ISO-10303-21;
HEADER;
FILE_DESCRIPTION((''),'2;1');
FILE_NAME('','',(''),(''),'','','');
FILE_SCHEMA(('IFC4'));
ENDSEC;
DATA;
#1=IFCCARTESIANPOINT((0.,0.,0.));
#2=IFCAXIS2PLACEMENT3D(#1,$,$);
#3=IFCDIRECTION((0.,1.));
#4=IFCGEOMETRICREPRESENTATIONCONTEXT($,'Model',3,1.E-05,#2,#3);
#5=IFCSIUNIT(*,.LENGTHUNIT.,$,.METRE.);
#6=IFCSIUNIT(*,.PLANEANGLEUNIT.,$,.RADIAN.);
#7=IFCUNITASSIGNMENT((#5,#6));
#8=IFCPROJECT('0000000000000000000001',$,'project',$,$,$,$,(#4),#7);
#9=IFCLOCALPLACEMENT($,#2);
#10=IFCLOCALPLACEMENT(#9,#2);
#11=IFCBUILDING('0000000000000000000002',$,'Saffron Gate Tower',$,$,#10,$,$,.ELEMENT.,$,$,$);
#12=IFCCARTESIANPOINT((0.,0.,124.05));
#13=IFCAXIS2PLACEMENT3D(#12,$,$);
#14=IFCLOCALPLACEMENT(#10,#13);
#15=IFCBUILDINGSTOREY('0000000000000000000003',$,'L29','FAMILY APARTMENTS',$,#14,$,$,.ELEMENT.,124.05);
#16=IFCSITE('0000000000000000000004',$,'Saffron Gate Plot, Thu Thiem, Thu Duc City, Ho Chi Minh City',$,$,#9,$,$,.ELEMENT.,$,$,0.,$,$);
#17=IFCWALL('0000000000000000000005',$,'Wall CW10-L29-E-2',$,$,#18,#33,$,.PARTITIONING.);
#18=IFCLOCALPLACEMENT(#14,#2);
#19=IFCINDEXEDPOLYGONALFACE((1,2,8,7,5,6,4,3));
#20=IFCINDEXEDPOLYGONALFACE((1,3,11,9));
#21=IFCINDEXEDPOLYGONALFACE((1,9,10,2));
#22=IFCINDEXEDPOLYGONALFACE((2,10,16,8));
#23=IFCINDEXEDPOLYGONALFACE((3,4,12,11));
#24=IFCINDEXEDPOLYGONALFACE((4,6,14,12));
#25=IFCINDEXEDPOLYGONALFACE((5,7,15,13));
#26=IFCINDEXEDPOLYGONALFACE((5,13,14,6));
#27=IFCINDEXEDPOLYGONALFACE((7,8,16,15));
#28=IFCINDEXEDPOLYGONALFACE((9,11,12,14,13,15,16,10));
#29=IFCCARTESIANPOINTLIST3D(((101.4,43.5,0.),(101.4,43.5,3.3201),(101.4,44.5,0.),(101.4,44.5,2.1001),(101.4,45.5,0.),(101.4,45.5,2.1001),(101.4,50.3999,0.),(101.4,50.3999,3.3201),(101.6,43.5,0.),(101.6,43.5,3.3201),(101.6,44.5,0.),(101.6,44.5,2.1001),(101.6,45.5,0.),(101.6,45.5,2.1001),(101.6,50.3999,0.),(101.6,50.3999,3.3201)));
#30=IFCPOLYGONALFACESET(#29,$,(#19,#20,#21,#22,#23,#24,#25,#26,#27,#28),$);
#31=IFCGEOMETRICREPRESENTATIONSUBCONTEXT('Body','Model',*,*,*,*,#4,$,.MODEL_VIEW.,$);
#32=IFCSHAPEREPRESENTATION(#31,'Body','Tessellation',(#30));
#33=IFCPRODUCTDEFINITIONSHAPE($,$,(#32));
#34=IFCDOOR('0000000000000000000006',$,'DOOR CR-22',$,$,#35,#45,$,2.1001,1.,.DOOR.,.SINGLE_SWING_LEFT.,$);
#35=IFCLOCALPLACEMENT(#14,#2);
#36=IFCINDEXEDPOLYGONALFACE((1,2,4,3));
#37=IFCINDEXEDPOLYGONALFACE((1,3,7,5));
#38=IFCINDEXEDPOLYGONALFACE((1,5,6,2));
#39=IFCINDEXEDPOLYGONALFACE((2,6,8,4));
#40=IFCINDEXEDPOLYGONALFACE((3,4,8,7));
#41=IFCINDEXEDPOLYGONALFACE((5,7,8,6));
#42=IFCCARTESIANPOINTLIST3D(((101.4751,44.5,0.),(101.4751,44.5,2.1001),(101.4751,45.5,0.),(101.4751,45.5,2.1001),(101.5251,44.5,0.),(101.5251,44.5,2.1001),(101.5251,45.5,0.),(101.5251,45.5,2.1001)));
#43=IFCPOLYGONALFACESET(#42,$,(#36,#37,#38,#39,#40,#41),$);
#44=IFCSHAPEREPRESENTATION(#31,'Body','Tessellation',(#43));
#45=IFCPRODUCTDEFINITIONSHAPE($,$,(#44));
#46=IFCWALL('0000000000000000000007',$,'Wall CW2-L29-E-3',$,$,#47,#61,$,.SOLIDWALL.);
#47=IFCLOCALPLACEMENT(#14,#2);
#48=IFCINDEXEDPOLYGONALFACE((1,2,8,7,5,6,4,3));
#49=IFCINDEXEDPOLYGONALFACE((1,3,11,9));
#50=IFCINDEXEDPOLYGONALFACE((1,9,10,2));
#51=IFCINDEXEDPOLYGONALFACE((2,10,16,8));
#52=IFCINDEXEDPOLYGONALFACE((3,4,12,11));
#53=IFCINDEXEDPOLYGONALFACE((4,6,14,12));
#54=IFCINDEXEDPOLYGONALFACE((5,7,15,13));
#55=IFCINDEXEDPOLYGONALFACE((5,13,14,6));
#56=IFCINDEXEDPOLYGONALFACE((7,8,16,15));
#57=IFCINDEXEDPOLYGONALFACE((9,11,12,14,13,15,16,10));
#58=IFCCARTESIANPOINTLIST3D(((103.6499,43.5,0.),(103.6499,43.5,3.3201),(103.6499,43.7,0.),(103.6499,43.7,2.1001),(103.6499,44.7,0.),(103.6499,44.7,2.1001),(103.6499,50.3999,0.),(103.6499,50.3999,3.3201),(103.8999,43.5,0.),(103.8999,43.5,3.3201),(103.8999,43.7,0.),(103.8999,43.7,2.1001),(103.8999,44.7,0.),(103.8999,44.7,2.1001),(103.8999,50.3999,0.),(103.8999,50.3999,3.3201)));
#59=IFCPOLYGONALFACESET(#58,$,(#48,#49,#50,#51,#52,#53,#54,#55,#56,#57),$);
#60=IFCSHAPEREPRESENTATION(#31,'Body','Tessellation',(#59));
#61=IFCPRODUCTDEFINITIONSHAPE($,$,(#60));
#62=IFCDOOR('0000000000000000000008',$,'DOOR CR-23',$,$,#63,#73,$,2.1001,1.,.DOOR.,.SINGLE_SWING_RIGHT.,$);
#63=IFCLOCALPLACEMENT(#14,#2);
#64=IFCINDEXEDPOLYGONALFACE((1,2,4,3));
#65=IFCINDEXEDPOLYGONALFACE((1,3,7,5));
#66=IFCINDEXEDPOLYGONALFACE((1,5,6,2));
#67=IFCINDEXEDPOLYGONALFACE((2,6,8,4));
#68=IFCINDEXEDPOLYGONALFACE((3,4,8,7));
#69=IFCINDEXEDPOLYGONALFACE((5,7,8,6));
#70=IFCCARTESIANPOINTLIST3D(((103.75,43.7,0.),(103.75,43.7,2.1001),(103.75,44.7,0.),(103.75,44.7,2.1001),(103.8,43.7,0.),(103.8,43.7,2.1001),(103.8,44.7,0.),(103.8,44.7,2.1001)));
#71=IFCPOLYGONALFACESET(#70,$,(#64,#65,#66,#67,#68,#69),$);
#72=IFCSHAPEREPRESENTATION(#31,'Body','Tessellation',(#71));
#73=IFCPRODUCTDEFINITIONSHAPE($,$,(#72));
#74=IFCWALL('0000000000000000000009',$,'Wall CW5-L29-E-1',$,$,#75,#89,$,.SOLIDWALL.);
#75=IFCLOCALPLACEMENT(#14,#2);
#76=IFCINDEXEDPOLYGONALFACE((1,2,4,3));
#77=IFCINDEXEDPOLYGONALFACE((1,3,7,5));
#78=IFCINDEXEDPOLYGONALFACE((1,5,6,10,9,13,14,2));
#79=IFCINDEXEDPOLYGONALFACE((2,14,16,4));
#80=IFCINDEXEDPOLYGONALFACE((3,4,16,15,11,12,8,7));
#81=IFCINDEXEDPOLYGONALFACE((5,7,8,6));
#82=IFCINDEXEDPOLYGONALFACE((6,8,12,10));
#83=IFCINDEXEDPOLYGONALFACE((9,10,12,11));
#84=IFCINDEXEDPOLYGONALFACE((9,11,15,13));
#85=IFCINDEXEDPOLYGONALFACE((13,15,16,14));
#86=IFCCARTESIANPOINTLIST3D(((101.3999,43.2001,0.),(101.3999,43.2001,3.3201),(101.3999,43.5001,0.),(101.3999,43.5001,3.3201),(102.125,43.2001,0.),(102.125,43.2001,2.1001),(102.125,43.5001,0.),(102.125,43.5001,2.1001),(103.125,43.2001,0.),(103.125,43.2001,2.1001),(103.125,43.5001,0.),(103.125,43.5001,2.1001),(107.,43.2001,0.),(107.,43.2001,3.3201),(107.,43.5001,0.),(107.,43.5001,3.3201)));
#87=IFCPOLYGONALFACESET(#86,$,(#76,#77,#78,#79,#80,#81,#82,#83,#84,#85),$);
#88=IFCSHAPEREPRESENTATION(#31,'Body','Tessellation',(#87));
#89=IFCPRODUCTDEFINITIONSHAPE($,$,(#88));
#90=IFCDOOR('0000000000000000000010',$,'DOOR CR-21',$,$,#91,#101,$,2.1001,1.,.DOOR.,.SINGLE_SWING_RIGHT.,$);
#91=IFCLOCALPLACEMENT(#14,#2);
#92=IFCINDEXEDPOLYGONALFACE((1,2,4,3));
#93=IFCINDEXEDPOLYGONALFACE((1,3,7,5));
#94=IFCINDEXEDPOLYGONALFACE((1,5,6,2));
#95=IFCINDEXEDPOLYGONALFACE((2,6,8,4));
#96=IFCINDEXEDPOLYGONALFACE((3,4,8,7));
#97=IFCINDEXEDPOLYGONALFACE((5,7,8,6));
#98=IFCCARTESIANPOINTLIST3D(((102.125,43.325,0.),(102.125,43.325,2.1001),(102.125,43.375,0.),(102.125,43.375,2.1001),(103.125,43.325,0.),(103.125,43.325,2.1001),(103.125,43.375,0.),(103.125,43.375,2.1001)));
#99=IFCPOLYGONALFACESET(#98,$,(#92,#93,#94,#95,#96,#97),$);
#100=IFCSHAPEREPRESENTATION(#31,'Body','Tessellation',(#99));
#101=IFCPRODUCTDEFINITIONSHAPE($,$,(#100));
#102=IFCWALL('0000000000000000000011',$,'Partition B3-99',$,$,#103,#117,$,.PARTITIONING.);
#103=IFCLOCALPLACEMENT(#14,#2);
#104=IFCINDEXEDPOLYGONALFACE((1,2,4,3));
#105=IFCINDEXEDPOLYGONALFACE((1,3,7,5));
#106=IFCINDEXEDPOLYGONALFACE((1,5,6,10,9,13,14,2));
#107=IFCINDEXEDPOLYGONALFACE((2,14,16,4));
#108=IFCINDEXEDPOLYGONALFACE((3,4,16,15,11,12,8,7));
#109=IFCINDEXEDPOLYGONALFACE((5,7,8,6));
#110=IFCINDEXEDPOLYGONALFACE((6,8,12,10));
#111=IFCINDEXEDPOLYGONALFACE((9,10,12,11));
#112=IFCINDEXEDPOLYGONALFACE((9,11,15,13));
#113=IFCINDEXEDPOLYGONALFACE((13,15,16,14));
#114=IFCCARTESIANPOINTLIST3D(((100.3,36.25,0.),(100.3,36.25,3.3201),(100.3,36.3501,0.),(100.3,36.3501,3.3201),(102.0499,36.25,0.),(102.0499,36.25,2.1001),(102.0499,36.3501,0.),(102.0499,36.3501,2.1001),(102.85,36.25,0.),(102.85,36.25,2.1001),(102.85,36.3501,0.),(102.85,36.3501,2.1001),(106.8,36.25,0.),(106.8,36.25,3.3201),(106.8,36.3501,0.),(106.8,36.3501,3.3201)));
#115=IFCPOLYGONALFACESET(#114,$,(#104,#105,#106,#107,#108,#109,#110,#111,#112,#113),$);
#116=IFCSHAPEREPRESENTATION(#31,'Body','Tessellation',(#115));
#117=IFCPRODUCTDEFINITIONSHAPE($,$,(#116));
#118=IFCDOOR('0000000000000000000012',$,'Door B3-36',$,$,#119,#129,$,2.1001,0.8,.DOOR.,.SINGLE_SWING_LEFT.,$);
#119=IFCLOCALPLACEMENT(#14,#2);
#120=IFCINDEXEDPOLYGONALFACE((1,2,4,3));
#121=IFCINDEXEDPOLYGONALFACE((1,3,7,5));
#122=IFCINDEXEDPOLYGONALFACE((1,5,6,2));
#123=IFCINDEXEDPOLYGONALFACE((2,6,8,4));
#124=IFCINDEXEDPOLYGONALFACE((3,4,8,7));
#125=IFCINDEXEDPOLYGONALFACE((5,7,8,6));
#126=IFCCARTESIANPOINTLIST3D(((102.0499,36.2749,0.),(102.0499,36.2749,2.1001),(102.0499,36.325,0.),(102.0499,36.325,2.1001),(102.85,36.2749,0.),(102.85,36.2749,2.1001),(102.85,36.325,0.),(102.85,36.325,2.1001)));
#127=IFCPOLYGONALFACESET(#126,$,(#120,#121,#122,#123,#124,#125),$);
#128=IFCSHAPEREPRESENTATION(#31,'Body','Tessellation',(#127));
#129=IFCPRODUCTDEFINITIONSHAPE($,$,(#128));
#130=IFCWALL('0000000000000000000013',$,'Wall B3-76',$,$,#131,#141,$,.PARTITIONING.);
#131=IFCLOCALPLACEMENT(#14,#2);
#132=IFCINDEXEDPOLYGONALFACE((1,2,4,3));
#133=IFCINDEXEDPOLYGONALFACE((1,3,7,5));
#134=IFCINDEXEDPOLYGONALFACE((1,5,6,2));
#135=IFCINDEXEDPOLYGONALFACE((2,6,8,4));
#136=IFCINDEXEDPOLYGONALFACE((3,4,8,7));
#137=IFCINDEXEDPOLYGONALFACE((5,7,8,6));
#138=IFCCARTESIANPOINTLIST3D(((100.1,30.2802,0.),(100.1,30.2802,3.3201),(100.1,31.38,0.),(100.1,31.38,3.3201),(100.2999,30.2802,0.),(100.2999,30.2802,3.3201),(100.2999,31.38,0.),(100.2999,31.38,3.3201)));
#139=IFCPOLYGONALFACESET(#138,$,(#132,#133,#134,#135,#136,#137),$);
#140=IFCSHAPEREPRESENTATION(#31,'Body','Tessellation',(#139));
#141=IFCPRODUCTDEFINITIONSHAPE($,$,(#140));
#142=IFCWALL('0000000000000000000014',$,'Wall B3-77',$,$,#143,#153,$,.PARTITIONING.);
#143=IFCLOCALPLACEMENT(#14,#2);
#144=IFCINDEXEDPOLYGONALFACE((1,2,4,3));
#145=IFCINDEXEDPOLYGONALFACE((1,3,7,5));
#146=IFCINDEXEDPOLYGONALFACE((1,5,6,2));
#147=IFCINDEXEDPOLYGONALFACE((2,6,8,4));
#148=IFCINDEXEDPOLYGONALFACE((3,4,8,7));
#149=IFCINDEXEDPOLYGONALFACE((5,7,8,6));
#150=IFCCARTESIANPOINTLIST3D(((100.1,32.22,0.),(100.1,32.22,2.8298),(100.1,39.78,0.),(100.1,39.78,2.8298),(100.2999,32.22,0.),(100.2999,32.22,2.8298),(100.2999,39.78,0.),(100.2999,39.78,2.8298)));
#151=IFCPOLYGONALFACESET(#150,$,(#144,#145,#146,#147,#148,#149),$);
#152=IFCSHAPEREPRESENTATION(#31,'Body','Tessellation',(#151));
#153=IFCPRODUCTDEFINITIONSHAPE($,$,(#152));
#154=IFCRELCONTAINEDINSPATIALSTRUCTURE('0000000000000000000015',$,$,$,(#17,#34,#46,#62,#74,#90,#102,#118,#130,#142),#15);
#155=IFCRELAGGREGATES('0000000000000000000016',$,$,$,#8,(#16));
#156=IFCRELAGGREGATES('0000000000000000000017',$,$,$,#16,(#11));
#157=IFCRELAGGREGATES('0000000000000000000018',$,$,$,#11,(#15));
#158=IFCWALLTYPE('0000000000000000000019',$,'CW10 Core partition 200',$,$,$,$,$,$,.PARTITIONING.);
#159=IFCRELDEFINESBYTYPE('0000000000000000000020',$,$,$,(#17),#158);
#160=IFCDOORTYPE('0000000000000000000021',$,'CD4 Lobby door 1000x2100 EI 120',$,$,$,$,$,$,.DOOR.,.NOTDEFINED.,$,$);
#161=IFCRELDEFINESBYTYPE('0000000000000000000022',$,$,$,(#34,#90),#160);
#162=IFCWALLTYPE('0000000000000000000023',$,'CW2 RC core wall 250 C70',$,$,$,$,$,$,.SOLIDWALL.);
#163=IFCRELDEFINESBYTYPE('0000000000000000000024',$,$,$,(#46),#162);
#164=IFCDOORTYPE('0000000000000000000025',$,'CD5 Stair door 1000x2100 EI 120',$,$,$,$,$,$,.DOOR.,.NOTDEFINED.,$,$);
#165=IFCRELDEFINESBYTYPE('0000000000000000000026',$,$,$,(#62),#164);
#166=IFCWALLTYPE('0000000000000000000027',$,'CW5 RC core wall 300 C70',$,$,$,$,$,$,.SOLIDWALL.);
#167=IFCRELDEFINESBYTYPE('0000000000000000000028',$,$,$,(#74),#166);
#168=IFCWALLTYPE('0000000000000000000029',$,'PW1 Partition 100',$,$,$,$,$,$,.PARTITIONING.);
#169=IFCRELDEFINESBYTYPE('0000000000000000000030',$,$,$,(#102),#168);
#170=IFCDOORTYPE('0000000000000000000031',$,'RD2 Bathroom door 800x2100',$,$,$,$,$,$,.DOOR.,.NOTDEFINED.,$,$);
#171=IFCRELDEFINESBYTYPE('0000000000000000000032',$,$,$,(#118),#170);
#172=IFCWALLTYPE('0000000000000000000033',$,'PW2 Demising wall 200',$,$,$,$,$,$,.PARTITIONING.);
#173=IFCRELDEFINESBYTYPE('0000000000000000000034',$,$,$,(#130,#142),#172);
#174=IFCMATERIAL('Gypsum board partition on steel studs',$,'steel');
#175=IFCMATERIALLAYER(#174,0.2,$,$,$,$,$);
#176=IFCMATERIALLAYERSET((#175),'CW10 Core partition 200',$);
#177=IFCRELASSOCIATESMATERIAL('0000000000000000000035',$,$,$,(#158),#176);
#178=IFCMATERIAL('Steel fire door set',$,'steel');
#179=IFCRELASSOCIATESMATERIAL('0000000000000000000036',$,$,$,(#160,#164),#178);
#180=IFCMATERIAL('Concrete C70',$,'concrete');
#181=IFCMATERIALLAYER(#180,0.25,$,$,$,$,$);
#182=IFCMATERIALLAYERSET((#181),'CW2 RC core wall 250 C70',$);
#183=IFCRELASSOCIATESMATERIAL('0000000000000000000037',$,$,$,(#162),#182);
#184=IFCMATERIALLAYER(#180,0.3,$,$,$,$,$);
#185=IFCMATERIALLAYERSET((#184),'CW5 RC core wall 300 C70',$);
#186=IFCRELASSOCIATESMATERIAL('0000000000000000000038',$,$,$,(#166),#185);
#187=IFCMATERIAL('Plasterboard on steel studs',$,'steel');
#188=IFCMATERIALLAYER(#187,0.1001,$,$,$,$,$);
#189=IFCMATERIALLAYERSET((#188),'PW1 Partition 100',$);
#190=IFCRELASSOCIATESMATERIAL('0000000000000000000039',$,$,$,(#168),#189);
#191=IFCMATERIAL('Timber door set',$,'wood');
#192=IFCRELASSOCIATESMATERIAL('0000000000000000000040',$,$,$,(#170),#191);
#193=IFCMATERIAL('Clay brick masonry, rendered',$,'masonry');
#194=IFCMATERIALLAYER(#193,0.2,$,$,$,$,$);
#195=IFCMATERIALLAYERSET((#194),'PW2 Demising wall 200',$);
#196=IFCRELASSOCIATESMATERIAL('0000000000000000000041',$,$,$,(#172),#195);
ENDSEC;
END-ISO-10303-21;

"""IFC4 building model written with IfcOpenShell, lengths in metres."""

from ifc_helpers import new_model, si_unit, direction, frame, frame_2d, origin, place, context, subcontext, project, spatial, rectangle, extrude, material, layer, layer_set, type_object, element, fill, save


model = new_model("IFC4")

# Units and contexts
model_context = context("Model", 3, precision=1e-05, world=origin(), true_north=direction((0.0, 1.0)))
body_context = subcontext(model_context, "Body", "Model", "MODEL_VIEW")
ifc_project = project(units=[si_unit("LENGTHUNIT", "METRE"), si_unit("PLANEANGLEUNIT", "RADIAN")], contexts=[model_context])

# Site, building, storey
site_placement = place(None, origin())
site = spatial("IfcSite", under=ifc_project, at=site_placement, Name="Saffron Gate Plot, Thu Thiem, Thu Duc City, Ho Chi Minh City", CompositionType="ELEMENT", RefElevation=0.0)
building_placement = place(site_placement, origin())
building = spatial("IfcBuilding", under=site, at=building_placement, Name="Saffron Gate Tower", CompositionType="ELEMENT")
storey_placement = place(building_placement, frame((0.0, 0.0, 124.05)))
storey = spatial("IfcBuildingStorey", under=building, at=storey_placement, Name="L29", Description="FAMILY APARTMENTS", CompositionType="ELEMENT", Elevation=124.05)

# Walls, openings, doors
ifc_material_1 = material(Name="Gypsum board partition on steel studs", Category="steel")
ifc_layer_1 = layer(ifc_material_1, 0.2)
ifc_layer_set_1 = layer_set([ifc_layer_1], Name="CW10 Core partition 200")
wall_type_1 = type_object("IfcWallType", Name="CW10 Core partition 200", PredefinedType="PARTITIONING", material=ifc_layer_set_1)
wall_1_placement = place(storey_placement, frame((101.5, 43.5, 0.0), z_axis=(0.0, 0.0, 1.0), x_axis=(0.0, 1.0, 0.0)))
wall_1 = element("IfcWall", 1, at=wall_1_placement, inside=storey, type_object=wall_type_1, Name="Wall CW10-L29-E-2", PredefinedType="PARTITIONING", context=body_context, shape_type="SweptSolid", body=[
    extrude(rectangle(XDim=6.8999, YDim=0.2, at=frame_2d((3.45, 0.0))), origin(), (0.0, 0.0, 1.0), 3.3201),
])
opening_1_placement = place(wall_1_placement, frame((1.0, 0.0, 0.0)))
opening_1 = element("IfcOpeningElement", 2, at=opening_1_placement, cuts=wall_1, PredefinedType="OPENING", context=body_context, shape_type="SweptSolid", body=[
    extrude(rectangle(XDim=1.0, YDim=2.1001, at=frame_2d((0.5, 1.05))), frame((0.0, 0.1099, 0.0), z_axis=(0.0, -1.0, 0.0), x_axis=(1.0, 0.0, 0.0)), (0.0, 0.0, 1.0), 0.22),
])
ifc_material_2 = material(Name="Steel fire door set", Category="steel")
door_type_1 = type_object("IfcDoorType", Name="CD4 Lobby door 1000x2100 EI 120", OperationType="NOTDEFINED", PredefinedType="DOOR", material=ifc_material_2)
door_1_placement = place(opening_1_placement, origin())
door_1 = element("IfcDoor", 3, at=door_1_placement, inside=storey, type_object=door_type_1, Name="DOOR CR-22", OperationType="SINGLE_SWING_LEFT", OverallHeight=2.1001, OverallWidth=1.0, PredefinedType="DOOR", context=body_context, shape_type="SweptSolid", body=[
    extrude(rectangle(XDim=1.0, YDim=2.1001, at=frame_2d((0.5, 1.05))), frame((0.0, 0.0249, 0.0), z_axis=(0.0, -1.0, 0.0), x_axis=(1.0, 0.0, 0.0)), (0.0, 0.0, 1.0), 0.05),
])
fill(opening_1, door_1)
ifc_material_3 = material(Name="Concrete C70", Category="concrete")
ifc_layer_2 = layer(ifc_material_3, 0.25)
ifc_layer_set_2 = layer_set([ifc_layer_2], Name="CW2 RC core wall 250 C70")
wall_type_2 = type_object("IfcWallType", Name="CW2 RC core wall 250 C70", PredefinedType="SOLIDWALL", material=ifc_layer_set_2)
wall_2_placement = place(storey_placement, frame((103.7749, 43.5, 0.0), z_axis=(0.0, 0.0, 1.0), x_axis=(0.0, 1.0, 0.0)))
wall_2 = element("IfcWall", 4, at=wall_2_placement, inside=storey, type_object=wall_type_2, Name="Wall CW2-L29-E-3", PredefinedType="SOLIDWALL", context=body_context, shape_type="SweptSolid", body=[
    extrude(rectangle(XDim=6.8999, YDim=0.25, at=frame_2d((3.45, 0.0))), origin(), (0.0, 0.0, 1.0), 3.3201),
])
opening_2_placement = place(wall_2_placement, frame((0.2, 0.0, 0.0)))
opening_2 = element("IfcOpeningElement", 5, at=opening_2_placement, cuts=wall_2, PredefinedType="OPENING", context=body_context, shape_type="SweptSolid", body=[
    extrude(rectangle(XDim=1.0, YDim=2.1001, at=frame_2d((0.5, 1.05))), frame((0.0, 0.135, 0.0), z_axis=(0.0, -1.0, 0.0), x_axis=(1.0, 0.0, 0.0)), (0.0, 0.0, 1.0), 0.27),
])
door_type_2 = type_object("IfcDoorType", Name="CD5 Stair door 1000x2100 EI 120", OperationType="NOTDEFINED", PredefinedType="DOOR", material=ifc_material_2)
door_2_placement = place(opening_2_placement, origin())
door_2 = element("IfcDoor", 6, at=door_2_placement, inside=storey, type_object=door_type_2, Name="DOOR CR-23", OperationType="SINGLE_SWING_RIGHT", OverallHeight=2.1001, OverallWidth=1.0, PredefinedType="DOOR", context=body_context, shape_type="SweptSolid", body=[
    extrude(rectangle(XDim=1.0, YDim=2.1001, at=frame_2d((0.5, 1.05))), frame((0.0, 0.0249, 0.0), z_axis=(0.0, -1.0, 0.0), x_axis=(1.0, 0.0, 0.0)), (0.0, 0.0, 1.0), 0.05),
])
fill(opening_2, door_2)
ifc_layer_3 = layer(ifc_material_3, 0.3)
ifc_layer_set_3 = layer_set([ifc_layer_3], Name="CW5 RC core wall 300 C70")
wall_type_3 = type_object("IfcWallType", Name="CW5 RC core wall 300 C70", PredefinedType="SOLIDWALL", material=ifc_layer_set_3)
wall_3_placement = place(storey_placement, frame((101.3999, 43.3501, 0.0), z_axis=(0.0, 0.0, 1.0), x_axis=(1.0, 0.0, 0.0)))
wall_3 = element("IfcWall", 7, at=wall_3_placement, inside=storey, type_object=wall_type_3, Name="Wall CW5-L29-E-1", PredefinedType="SOLIDWALL", context=body_context, shape_type="SweptSolid", body=[
    extrude(rectangle(XDim=5.6001, YDim=0.3, at=frame_2d((2.8, 0.0))), origin(), (0.0, 0.0, 1.0), 3.3201),
])
opening_3_placement = place(wall_3_placement, frame((0.7251, 0.0, 0.0)))
opening_3 = element("IfcOpeningElement", 8, at=opening_3_placement, cuts=wall_3, PredefinedType="OPENING", context=body_context, shape_type="SweptSolid", body=[
    extrude(rectangle(XDim=1.0, YDim=2.1001, at=frame_2d((0.5, 1.05))), frame((0.0, 0.1602, 0.0), z_axis=(0.0, -1.0, 0.0), x_axis=(1.0, 0.0, 0.0)), (0.0, 0.0, 1.0), 0.3201),
])
door_3_placement = place(opening_3_placement, origin())
door_3 = element("IfcDoor", 9, at=door_3_placement, inside=storey, type_object=door_type_1, Name="DOOR CR-21", OperationType="SINGLE_SWING_RIGHT", OverallHeight=2.1001, OverallWidth=1.0, PredefinedType="DOOR", context=body_context, shape_type="SweptSolid", body=[
    extrude(rectangle(XDim=1.0, YDim=2.1001, at=frame_2d((0.5, 1.05))), frame((0.0, 0.0249, 0.0), z_axis=(0.0, -1.0, 0.0), x_axis=(1.0, 0.0, 0.0)), (0.0, 0.0, 1.0), 0.05),
])
fill(opening_3, door_3)
ifc_material_4 = material(Name="Plasterboard on steel studs", Category="steel")
ifc_layer_4 = layer(ifc_material_4, 0.1001)
ifc_layer_set_4 = layer_set([ifc_layer_4], Name="PW1 Partition 100")
wall_type_4 = type_object("IfcWallType", Name="PW1 Partition 100", PredefinedType="PARTITIONING", material=ifc_layer_set_4)
wall_4_placement = place(storey_placement, frame((100.3, 36.3, 0.0), z_axis=(0.0, 0.0, 1.0), x_axis=(1.0, 0.0, 0.0)))
wall_4 = element("IfcWall", 10, at=wall_4_placement, inside=storey, type_object=wall_type_4, Name="Partition B3-99", PredefinedType="PARTITIONING", context=body_context, shape_type="SweptSolid", body=[
    extrude(rectangle(XDim=6.5, YDim=0.1001, at=frame_2d((3.25, 0.0))), origin(), (0.0, 0.0, 1.0), 3.3201),
])
opening_4_placement = place(wall_4_placement, frame((1.75, 0.0, 0.0)))
opening_4 = element("IfcOpeningElement", 11, at=opening_4_placement, cuts=wall_4, PredefinedType="OPENING", context=body_context, shape_type="SweptSolid", body=[
    extrude(rectangle(XDim=0.8, YDim=2.1001, at=frame_2d((0.3999, 1.05))), frame((0.0, 0.0601, 0.0), z_axis=(0.0, -1.0, 0.0), x_axis=(1.0, 0.0, 0.0)), (0.0, 0.0, 1.0), 0.1201),
])
ifc_material_5 = material(Name="Timber door set", Category="wood")
door_type_3 = type_object("IfcDoorType", Name="RD2 Bathroom door 800x2100", OperationType="NOTDEFINED", PredefinedType="DOOR", material=ifc_material_5)
door_4_placement = place(opening_4_placement, origin())
door_4 = element("IfcDoor", 12, at=door_4_placement, inside=storey, type_object=door_type_3, Name="Door B3-36", OperationType="SINGLE_SWING_LEFT", OverallHeight=2.1001, OverallWidth=0.8, PredefinedType="DOOR", context=body_context, shape_type="SweptSolid", body=[
    extrude(rectangle(XDim=0.8, YDim=2.1001, at=frame_2d((0.3999, 1.05))), frame((0.0, 0.0249, 0.0), z_axis=(0.0, -1.0, 0.0), x_axis=(1.0, 0.0, 0.0)), (0.0, 0.0, 1.0), 0.05),
])
fill(opening_4, door_4)

# Walls
ifc_material_6 = material(Name="Clay brick masonry, rendered", Category="masonry")
ifc_layer_5 = layer(ifc_material_6, 0.2)
ifc_layer_set_5 = layer_set([ifc_layer_5], Name="PW2 Demising wall 200")
wall_type_5 = type_object("IfcWallType", Name="PW2 Demising wall 200", PredefinedType="PARTITIONING", material=ifc_layer_set_5)
wall_5_placement = place(storey_placement, frame((100.2, 31.3799, 0.0), z_axis=(0.0, 0.0, 1.0), x_axis=(0.0, -1.0, 0.0)))
element("IfcWall", 13, at=wall_5_placement, inside=storey, type_object=wall_type_5, Name="Wall B3-76", PredefinedType="PARTITIONING", context=body_context, shape_type="SweptSolid", body=[
    extrude(rectangle(XDim=1.0999, YDim=0.2, at=frame_2d((0.5498, 0.0))), origin(), (0.0, 0.0, 1.0), 3.3201),
])
wall_6_placement = place(storey_placement, frame((100.2, 39.78, 0.0), z_axis=(0.0, 0.0, 1.0), x_axis=(0.0, -1.0, 0.0)))
element("IfcWall", 14, at=wall_6_placement, inside=storey, type_object=wall_type_5, Name="Wall B3-77", PredefinedType="PARTITIONING", context=body_context, shape_type="SweptSolid", body=[
    extrude(rectangle(XDim=7.5601, YDim=0.2, at=frame_2d((3.78, 0.0))), origin(), (0.0, 0.0, 1.0), 2.8298),
])

save(model, "model.ifc")
